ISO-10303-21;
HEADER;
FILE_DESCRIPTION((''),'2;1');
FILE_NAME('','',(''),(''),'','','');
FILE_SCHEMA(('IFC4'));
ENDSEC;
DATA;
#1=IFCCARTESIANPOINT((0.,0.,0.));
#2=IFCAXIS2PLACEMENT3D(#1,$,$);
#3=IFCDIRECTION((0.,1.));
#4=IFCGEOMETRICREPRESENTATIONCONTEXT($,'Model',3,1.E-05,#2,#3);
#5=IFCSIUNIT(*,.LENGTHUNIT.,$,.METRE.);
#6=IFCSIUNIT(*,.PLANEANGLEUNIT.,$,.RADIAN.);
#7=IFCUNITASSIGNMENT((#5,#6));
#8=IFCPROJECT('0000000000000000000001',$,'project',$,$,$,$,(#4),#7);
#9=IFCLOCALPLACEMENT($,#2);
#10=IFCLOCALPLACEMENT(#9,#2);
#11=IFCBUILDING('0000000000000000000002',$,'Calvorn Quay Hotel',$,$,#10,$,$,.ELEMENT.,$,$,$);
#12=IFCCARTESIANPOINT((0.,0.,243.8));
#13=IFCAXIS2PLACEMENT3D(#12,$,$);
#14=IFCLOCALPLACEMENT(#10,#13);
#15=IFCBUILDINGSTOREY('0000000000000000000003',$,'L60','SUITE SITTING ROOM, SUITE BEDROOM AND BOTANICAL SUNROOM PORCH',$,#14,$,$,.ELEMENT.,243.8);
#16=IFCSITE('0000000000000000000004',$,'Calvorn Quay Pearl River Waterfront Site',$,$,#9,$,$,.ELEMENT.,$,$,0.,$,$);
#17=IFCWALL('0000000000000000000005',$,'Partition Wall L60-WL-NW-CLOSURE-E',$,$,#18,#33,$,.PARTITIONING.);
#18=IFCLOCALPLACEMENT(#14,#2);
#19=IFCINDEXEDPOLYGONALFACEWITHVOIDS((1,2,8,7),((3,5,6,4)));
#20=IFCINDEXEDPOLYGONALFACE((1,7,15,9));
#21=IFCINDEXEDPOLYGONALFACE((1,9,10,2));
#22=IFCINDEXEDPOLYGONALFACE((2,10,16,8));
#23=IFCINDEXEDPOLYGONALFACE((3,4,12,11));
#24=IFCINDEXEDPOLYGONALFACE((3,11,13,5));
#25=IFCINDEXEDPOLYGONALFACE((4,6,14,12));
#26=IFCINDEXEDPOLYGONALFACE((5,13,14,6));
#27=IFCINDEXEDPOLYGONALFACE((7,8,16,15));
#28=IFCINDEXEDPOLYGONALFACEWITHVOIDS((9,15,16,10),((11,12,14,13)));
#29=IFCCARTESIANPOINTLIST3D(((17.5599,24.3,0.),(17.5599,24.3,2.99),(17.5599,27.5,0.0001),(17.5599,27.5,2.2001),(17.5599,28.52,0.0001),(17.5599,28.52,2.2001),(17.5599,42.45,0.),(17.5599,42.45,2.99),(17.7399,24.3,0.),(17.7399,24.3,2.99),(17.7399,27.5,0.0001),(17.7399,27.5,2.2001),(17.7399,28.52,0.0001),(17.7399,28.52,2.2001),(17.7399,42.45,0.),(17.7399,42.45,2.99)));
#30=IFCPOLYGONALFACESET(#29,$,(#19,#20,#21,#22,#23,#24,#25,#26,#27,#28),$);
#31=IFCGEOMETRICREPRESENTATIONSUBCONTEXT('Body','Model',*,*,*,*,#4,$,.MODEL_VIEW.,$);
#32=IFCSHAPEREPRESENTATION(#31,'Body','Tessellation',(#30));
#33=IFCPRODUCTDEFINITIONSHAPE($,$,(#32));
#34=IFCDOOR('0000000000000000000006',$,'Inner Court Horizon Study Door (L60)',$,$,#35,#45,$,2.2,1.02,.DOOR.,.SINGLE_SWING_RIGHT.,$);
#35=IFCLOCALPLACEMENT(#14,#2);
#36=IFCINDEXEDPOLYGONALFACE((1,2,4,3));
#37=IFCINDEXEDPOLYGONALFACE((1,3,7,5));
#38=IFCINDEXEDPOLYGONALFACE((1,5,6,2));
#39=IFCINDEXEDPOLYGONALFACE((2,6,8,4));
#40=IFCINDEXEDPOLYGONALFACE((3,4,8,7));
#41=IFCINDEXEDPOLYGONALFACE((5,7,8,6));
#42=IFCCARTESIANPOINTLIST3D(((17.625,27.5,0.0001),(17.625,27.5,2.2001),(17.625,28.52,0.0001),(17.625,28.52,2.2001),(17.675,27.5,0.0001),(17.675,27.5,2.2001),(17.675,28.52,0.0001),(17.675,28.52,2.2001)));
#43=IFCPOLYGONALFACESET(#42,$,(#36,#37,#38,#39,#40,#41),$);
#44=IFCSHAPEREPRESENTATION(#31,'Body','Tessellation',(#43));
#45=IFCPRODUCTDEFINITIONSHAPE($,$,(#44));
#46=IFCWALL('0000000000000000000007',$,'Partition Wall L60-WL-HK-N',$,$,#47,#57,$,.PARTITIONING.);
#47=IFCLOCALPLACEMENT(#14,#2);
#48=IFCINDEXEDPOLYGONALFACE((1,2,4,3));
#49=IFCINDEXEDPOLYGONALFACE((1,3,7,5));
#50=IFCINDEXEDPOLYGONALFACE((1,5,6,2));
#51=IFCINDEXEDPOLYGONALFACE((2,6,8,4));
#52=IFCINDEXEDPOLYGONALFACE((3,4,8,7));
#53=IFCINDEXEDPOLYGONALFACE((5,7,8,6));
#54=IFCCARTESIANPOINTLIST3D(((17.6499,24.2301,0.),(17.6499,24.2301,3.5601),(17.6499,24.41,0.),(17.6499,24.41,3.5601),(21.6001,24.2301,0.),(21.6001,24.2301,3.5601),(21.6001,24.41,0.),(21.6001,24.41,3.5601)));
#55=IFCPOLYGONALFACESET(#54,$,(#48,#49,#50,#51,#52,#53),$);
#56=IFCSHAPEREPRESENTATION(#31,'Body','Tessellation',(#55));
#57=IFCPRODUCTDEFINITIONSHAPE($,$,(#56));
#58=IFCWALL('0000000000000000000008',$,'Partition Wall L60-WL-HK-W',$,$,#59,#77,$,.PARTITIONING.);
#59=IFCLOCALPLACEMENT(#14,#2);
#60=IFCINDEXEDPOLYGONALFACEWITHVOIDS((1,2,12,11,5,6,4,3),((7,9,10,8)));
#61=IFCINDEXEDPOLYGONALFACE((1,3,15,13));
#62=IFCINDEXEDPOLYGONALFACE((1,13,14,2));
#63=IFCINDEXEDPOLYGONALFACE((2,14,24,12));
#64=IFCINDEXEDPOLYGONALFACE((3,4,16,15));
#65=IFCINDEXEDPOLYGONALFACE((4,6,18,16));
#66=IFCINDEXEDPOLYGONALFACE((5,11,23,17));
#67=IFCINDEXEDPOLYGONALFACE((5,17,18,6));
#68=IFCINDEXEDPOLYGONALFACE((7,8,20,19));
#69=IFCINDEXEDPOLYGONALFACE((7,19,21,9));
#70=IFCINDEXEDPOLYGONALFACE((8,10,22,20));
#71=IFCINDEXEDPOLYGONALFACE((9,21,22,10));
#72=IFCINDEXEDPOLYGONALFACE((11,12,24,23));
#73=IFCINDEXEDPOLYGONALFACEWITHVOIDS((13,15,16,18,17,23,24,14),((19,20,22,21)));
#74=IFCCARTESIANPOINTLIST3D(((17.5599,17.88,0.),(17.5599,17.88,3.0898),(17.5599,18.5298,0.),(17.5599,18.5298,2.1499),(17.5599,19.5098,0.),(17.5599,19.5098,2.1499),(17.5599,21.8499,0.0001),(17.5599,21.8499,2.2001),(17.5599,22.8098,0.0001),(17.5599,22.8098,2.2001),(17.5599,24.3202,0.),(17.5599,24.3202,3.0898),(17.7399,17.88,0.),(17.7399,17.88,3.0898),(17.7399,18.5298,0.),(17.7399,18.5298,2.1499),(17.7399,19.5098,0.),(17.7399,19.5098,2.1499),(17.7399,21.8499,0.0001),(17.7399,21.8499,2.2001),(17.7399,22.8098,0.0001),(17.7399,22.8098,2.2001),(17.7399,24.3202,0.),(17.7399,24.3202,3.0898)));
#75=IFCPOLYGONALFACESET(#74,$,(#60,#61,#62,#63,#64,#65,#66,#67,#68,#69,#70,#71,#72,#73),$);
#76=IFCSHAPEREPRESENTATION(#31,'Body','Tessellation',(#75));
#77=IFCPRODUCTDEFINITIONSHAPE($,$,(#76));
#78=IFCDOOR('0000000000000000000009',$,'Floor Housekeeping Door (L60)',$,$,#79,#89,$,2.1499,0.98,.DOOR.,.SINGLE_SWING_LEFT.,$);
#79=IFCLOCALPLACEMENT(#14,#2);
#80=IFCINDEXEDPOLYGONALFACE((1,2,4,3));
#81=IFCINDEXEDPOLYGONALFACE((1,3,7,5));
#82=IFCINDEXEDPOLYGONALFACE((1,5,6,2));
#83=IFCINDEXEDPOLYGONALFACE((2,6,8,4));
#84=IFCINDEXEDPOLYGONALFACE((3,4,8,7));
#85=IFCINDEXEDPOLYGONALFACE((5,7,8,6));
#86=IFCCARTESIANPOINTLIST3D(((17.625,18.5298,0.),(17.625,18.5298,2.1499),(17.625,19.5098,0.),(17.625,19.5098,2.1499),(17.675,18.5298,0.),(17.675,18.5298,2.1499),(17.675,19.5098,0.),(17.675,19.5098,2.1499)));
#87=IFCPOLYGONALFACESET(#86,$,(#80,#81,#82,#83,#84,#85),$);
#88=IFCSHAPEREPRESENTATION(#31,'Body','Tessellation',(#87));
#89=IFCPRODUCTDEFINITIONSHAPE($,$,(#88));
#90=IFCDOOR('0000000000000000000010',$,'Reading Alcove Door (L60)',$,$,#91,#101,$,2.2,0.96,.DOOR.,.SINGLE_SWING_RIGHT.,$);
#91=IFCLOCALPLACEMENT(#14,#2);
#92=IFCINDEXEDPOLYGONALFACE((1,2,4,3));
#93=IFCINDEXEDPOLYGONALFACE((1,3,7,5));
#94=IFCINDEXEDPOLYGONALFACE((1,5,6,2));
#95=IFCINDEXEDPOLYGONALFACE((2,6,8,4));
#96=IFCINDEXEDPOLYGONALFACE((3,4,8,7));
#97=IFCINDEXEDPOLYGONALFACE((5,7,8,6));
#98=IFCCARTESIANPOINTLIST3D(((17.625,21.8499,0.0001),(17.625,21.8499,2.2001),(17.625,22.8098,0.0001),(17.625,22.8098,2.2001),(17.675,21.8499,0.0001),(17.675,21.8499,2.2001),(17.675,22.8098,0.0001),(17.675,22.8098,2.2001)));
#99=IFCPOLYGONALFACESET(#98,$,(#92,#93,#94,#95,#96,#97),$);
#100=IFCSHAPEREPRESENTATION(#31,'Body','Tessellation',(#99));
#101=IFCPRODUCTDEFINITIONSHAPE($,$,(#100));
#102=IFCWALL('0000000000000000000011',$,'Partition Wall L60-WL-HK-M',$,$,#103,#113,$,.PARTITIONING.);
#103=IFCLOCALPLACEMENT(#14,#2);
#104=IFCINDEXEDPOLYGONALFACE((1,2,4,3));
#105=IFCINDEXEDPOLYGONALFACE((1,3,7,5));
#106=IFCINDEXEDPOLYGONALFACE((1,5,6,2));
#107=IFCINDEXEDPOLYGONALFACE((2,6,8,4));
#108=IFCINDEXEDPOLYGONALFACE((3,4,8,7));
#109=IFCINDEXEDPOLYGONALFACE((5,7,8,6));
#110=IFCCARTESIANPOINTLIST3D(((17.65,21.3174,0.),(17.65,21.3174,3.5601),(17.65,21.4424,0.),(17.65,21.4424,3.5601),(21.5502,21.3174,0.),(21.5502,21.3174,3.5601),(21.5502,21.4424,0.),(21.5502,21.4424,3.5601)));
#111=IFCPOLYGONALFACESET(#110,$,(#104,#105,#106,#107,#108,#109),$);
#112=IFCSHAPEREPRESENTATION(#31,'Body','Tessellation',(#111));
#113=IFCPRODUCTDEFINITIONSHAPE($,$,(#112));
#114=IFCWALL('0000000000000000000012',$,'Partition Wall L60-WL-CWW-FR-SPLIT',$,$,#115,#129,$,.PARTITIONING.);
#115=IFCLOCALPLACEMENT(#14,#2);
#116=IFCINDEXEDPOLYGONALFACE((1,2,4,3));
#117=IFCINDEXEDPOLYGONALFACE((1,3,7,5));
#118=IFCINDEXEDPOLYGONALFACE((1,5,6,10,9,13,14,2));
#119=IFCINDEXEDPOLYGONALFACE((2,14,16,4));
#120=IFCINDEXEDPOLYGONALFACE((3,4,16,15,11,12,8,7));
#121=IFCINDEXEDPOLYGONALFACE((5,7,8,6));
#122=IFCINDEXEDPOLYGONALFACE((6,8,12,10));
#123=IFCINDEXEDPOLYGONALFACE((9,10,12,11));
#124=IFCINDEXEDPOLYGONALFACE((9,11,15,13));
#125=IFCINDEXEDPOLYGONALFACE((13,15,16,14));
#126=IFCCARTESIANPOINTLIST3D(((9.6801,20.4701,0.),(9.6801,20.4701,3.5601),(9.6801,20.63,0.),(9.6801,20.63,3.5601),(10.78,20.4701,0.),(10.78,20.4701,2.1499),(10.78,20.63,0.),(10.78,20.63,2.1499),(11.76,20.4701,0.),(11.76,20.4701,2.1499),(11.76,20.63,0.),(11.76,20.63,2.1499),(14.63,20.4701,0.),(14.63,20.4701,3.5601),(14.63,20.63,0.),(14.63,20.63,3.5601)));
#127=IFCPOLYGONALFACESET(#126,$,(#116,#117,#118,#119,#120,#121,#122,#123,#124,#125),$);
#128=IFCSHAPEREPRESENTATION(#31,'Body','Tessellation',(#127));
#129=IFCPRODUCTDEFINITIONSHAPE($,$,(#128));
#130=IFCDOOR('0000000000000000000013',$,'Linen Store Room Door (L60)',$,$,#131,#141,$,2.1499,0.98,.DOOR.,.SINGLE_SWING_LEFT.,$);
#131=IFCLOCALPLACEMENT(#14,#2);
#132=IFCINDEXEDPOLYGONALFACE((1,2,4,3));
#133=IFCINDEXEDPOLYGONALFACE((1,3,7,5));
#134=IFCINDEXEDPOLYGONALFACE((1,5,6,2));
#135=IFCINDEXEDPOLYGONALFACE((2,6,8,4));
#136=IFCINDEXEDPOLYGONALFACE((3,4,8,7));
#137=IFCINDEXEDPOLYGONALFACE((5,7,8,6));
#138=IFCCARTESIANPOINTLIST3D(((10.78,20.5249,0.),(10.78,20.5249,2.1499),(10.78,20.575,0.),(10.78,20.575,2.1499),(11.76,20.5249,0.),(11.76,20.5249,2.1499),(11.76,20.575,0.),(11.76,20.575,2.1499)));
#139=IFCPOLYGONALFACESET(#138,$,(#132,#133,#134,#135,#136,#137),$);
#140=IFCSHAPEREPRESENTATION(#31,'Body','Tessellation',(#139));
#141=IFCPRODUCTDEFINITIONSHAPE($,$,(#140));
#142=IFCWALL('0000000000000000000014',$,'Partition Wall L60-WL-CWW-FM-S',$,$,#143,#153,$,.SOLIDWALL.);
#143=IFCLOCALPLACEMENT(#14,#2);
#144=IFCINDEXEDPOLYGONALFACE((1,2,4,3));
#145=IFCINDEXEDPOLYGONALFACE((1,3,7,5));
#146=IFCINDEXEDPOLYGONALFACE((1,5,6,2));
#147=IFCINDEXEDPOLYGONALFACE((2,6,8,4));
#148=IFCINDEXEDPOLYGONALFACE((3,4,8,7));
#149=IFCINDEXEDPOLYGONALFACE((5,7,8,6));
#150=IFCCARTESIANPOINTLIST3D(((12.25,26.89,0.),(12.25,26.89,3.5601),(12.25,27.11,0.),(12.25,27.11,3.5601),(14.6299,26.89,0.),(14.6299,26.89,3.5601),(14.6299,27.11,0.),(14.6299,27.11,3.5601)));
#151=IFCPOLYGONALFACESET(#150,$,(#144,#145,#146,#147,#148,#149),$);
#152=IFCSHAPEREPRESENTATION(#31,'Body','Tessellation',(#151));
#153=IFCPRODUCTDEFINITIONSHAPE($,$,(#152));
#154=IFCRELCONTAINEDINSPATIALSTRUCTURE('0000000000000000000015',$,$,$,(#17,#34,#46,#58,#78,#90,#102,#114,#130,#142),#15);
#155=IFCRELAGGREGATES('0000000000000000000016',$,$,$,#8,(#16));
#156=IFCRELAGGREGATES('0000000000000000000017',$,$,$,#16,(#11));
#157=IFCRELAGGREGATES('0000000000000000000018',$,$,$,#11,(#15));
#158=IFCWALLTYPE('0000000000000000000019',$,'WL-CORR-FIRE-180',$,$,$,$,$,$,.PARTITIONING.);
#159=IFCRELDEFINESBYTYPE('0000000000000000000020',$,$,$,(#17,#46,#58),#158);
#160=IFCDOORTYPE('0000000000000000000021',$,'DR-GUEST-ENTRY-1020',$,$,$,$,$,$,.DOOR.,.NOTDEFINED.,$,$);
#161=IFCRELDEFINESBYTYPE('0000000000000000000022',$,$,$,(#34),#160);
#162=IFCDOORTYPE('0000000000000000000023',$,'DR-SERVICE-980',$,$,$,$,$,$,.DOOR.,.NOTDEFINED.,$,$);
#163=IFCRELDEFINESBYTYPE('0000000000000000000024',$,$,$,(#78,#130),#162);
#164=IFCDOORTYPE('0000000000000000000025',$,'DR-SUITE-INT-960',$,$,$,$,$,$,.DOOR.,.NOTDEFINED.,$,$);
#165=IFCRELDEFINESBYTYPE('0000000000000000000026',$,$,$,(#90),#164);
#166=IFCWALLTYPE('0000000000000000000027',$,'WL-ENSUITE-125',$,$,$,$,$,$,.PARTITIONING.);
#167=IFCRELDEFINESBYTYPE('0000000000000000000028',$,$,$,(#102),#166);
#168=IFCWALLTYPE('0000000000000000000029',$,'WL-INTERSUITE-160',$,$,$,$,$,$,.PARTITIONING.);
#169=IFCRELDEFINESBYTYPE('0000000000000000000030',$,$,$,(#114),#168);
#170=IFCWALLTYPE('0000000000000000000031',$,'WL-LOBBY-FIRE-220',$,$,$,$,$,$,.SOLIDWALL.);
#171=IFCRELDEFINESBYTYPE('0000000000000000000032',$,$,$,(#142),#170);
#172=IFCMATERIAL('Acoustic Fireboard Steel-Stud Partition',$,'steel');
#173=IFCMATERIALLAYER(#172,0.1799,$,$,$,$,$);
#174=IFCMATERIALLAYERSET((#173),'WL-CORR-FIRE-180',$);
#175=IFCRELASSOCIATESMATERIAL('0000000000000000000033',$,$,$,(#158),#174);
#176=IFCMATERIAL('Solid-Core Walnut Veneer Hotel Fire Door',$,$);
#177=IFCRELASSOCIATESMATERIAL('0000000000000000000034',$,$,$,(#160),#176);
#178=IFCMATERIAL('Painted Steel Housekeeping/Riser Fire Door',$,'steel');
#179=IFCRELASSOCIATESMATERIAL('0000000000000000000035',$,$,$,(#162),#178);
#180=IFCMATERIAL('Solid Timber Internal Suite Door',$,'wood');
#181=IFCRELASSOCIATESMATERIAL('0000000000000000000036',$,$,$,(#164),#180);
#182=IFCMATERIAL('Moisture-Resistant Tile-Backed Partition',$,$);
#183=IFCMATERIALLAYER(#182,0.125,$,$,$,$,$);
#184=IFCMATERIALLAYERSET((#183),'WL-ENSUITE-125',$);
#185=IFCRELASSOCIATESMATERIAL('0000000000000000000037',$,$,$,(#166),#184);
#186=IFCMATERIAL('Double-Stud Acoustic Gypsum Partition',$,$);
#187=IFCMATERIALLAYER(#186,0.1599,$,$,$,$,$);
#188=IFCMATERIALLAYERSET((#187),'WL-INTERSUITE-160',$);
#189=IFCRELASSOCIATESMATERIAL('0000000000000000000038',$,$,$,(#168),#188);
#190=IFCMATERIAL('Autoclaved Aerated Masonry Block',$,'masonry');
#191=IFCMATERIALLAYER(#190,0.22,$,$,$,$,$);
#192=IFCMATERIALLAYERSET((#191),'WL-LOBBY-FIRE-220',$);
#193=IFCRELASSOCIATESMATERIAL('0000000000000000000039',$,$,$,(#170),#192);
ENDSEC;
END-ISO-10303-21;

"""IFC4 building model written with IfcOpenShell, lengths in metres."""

from ifc_helpers import new_model, si_unit, direction, frame, frame_2d, origin, place, context, subcontext, project, spatial, rectangle, extrude, material, layer, layer_set, type_object, element, fill, save


model = new_model("IFC4")

# Units and contexts
model_context = context("Model", 3, precision=1e-05, world=origin(), true_north=direction((0.0, 1.0)))
body_context = subcontext(model_context, "Body", "Model", "MODEL_VIEW")
ifc_project = project(units=[si_unit("LENGTHUNIT", "METRE"), si_unit("PLANEANGLEUNIT", "RADIAN")], contexts=[model_context])

# Site, building, storey
site_placement = place(None, origin())
site = spatial("IfcSite", under=ifc_project, at=site_placement, Name="Calvorn Quay Pearl River Waterfront Site", CompositionType="ELEMENT", RefElevation=0.0)
building_placement = place(site_placement, origin())
building = spatial("IfcBuilding", under=site, at=building_placement, Name="Calvorn Quay Hotel", CompositionType="ELEMENT")
storey_placement = place(building_placement, frame((0.0, 0.0, 243.8)))
storey = spatial("IfcBuildingStorey", under=building, at=storey_placement, Name="L60", Description="SUITE SITTING ROOM, SUITE BEDROOM AND BOTANICAL SUNROOM PORCH", CompositionType="ELEMENT", Elevation=243.8)

# Wall, opening, door
ifc_material_1 = material(Name="Acoustic Fireboard Steel-Stud Partition", Category="steel")
ifc_layer_1 = layer(ifc_material_1, 0.1799)
ifc_layer_set_1 = layer_set([ifc_layer_1], Name="WL-CORR-FIRE-180")
wall_type_1 = type_object("IfcWallType", Name="WL-CORR-FIRE-180", PredefinedType="PARTITIONING", material=ifc_layer_set_1)
wall_1_placement = place(storey_placement, frame((17.6499, 24.3, 0.0), z_axis=(0.0, 0.0, 1.0), x_axis=(0.0, 1.0, 0.0)))
wall_1 = element("IfcWall", 1, at=wall_1_placement, inside=storey, type_object=wall_type_1, Name="Partition Wall L60-WL-NW-CLOSURE-E", PredefinedType="PARTITIONING", context=body_context, shape_type="SweptSolid", body=[
    extrude(rectangle(XDim=18.1499, YDim=0.1799, at=frame_2d((9.075, 0.0))), origin(), (0.0, 0.0, 1.0), 2.99),
])
opening_1_placement = place(wall_1_placement, frame((3.2, 0.0, 0.0)))
opening_1 = element("IfcOpeningElement", 2, at=opening_1_placement, cuts=wall_1, PredefinedType="OPENING", context=body_context, shape_type="SweptSolid", body=[
    extrude(rectangle(XDim=1.02, YDim=2.2, at=frame_2d((0.51, 1.1001))), frame((0.0, 0.0999, 0.0), z_axis=(0.0, -1.0, 0.0), x_axis=(1.0, 0.0, 0.0)), (0.0, 0.0, 1.0), 0.2),
])
ifc_material_2 = material(Name="Solid-Core Walnut Veneer Hotel Fire Door")
door_type_1 = type_object("IfcDoorType", Name="DR-GUEST-ENTRY-1020", OperationType="NOTDEFINED", PredefinedType="DOOR", material=ifc_material_2)
door_1_placement = place(opening_1_placement, origin())
door_1 = element("IfcDoor", 3, at=door_1_placement, inside=storey, type_object=door_type_1, Name="Inner Court Horizon Study Door (L60)", OperationType="SINGLE_SWING_RIGHT", OverallHeight=2.2, OverallWidth=1.02, PredefinedType="DOOR", context=body_context, shape_type="SweptSolid", body=[
    extrude(rectangle(XDim=1.02, YDim=2.2, at=frame_2d((0.51, 1.1001))), frame((0.0, 0.0249, 0.0), z_axis=(0.0, -1.0, 0.0), x_axis=(1.0, 0.0, 0.0)), (0.0, 0.0, 1.0), 0.05),
])
fill(opening_1, door_1)

# Wall
wall_2_placement = place(storey_placement, frame((17.6499, 24.3201, 0.0), z_axis=(0.0, 0.0, 1.0), x_axis=(1.0, 0.0, 0.0)))
element("IfcWall", 4, at=wall_2_placement, inside=storey, type_object=wall_type_1, Name="Partition Wall L60-WL-HK-N", PredefinedType="PARTITIONING", context=body_context, shape_type="SweptSolid", body=[
    extrude(rectangle(XDim=3.9502, YDim=0.1799, at=frame_2d((1.9751, 0.0))), origin(), (0.0, 0.0, 1.0), 3.5601),
])

# Wall, openings, doors
wall_3_placement = place(storey_placement, frame((17.6499, 17.8799, 0.0), z_axis=(0.0, 0.0, 1.0), x_axis=(0.0, 1.0, 0.0)))
wall_3 = element("IfcWall", 5, at=wall_3_placement, inside=storey, type_object=wall_type_1, Name="Partition Wall L60-WL-HK-W", PredefinedType="PARTITIONING", context=body_context, shape_type="SweptSolid", body=[
    extrude(rectangle(XDim=6.4402, YDim=0.1799, at=frame_2d((3.2202, 0.0))), origin(), (0.0, 0.0, 1.0), 3.0898),
])
opening_2_placement = place(wall_3_placement, frame((0.6499, 0.0, 0.0)))
opening_2 = element("IfcOpeningElement", 6, at=opening_2_placement, cuts=wall_3, PredefinedType="OPENING", context=body_context, shape_type="SweptSolid", body=[
    extrude(rectangle(XDim=0.98, YDim=2.1499, at=frame_2d((0.49, 1.075))), frame((0.0, 0.0999, 0.0), z_axis=(0.0, -1.0, 0.0), x_axis=(1.0, 0.0, 0.0)), (0.0, 0.0, 1.0), 0.2),
])
opening_3_placement = place(wall_3_placement, frame((3.97, 0.0, 0.0)))
opening_3 = element("IfcOpeningElement", 7, at=opening_3_placement, cuts=wall_3, PredefinedType="OPENING", context=body_context, shape_type="SweptSolid", body=[
    extrude(rectangle(XDim=0.96, YDim=2.2, at=frame_2d((0.48, 1.1001))), frame((0.0, 0.0999, 0.0), z_axis=(0.0, -1.0, 0.0), x_axis=(1.0, 0.0, 0.0)), (0.0, 0.0, 1.0), 0.2),
])
ifc_material_3 = material(Name="Painted Steel Housekeeping/Riser Fire Door", Category="steel")
door_type_2 = type_object("IfcDoorType", Name="DR-SERVICE-980", OperationType="NOTDEFINED", PredefinedType="DOOR", material=ifc_material_3)
door_2_placement = place(opening_2_placement, origin())
door_2 = element("IfcDoor", 8, at=door_2_placement, inside=storey, type_object=door_type_2, Name="Floor Housekeeping Door (L60)", OperationType="SINGLE_SWING_LEFT", OverallHeight=2.1499, OverallWidth=0.98, PredefinedType="DOOR", context=body_context, shape_type="SweptSolid", body=[
    extrude(rectangle(XDim=0.98, YDim=2.1499, at=frame_2d((0.49, 1.075))), frame((0.0, 0.0249, 0.0), z_axis=(0.0, -1.0, 0.0), x_axis=(1.0, 0.0, 0.0)), (0.0, 0.0, 1.0), 0.05),
])
fill(opening_2, door_2)
ifc_material_4 = material(Name="Solid Timber Internal Suite Door", Category="wood")
door_type_3 = type_object("IfcDoorType", Name="DR-SUITE-INT-960", OperationType="NOTDEFINED", PredefinedType="DOOR", material=ifc_material_4)
door_3_placement = place(opening_3_placement, origin())
door_3 = element("IfcDoor", 9, at=door_3_placement, inside=storey, type_object=door_type_3, Name="Reading Alcove Door (L60)", OperationType="SINGLE_SWING_RIGHT", OverallHeight=2.2, OverallWidth=0.96, PredefinedType="DOOR", context=body_context, shape_type="SweptSolid", body=[
    extrude(rectangle(XDim=0.96, YDim=2.2, at=frame_2d((0.48, 1.1001))), frame((0.0, 0.0249, 0.0), z_axis=(0.0, -1.0, 0.0), x_axis=(1.0, 0.0, 0.0)), (0.0, 0.0, 1.0), 0.05),
])
fill(opening_3, door_3)

# Wall
ifc_material_5 = material(Name="Moisture-Resistant Tile-Backed Partition")
ifc_layer_2 = layer(ifc_material_5, 0.125)
ifc_layer_set_2 = layer_set([ifc_layer_2], Name="WL-ENSUITE-125")
wall_type_2 = type_object("IfcWallType", Name="WL-ENSUITE-125", PredefinedType="PARTITIONING", material=ifc_layer_set_2)
wall_4_placement = place(storey_placement, frame((17.6499, 21.3799, 0.0), z_axis=(0.0, 0.0, 1.0), x_axis=(1.0, 0.0, 0.0)))
element("IfcWall", 10, at=wall_4_placement, inside=storey, type_object=wall_type_2, Name="Partition Wall L60-WL-HK-M", PredefinedType="PARTITIONING", context=body_context, shape_type="SweptSolid", body=[
    extrude(rectangle(XDim=3.9001, YDim=0.125, at=frame_2d((1.9502, 0.0))), origin(), (0.0, 0.0, 1.0), 3.5601),
])

# Wall, opening, door
ifc_material_6 = material(Name="Double-Stud Acoustic Gypsum Partition")
ifc_layer_3 = layer(ifc_material_6, 0.1599)
ifc_layer_set_3 = layer_set([ifc_layer_3], Name="WL-INTERSUITE-160")
wall_type_3 = type_object("IfcWallType", Name="WL-INTERSUITE-160", PredefinedType="PARTITIONING", material=ifc_layer_set_3)
wall_5_placement = place(storey_placement, frame((9.6799, 20.55, 0.0), z_axis=(0.0, 0.0, 1.0), x_axis=(1.0, 0.0, 0.0)))
wall_5 = element("IfcWall", 11, at=wall_5_placement, inside=storey, type_object=wall_type_3, Name="Partition Wall L60-WL-CWW-FR-SPLIT", PredefinedType="PARTITIONING", context=body_context, shape_type="SweptSolid", body=[
    extrude(rectangle(XDim=4.95, YDim=0.1599, at=frame_2d((2.4751, 0.0))), origin(), (0.0, 0.0, 1.0), 3.5601),
])
opening_4_placement = place(wall_5_placement, frame((1.1001, 0.0, 0.0)))
opening_4 = element("IfcOpeningElement", 12, at=opening_4_placement, cuts=wall_5, PredefinedType="OPENING", context=body_context, shape_type="SweptSolid", body=[
    extrude(rectangle(XDim=0.98, YDim=2.1499, at=frame_2d((0.49, 1.075))), frame((0.0, 0.0898, 0.0), z_axis=(0.0, -1.0, 0.0), x_axis=(1.0, 0.0, 0.0)), (0.0, 0.0, 1.0), 0.1799),
])
door_4_placement = place(opening_4_placement, origin())
door_4 = element("IfcDoor", 13, at=door_4_placement, inside=storey, type_object=door_type_2, Name="Linen Store Room Door (L60)", OperationType="SINGLE_SWING_LEFT", OverallHeight=2.1499, OverallWidth=0.98, PredefinedType="DOOR", context=body_context, shape_type="SweptSolid", body=[
    extrude(rectangle(XDim=0.98, YDim=2.1499, at=frame_2d((0.49, 1.075))), frame((0.0, 0.0249, 0.0), z_axis=(0.0, -1.0, 0.0), x_axis=(1.0, 0.0, 0.0)), (0.0, 0.0, 1.0), 0.05),
])
fill(opening_4, door_4)
ifc_material_7 = material(Name="Autoclaved Aerated Masonry Block", Category="masonry")
ifc_layer_4 = layer(ifc_material_7, 0.22)
ifc_layer_set_4 = layer_set([ifc_layer_4], Name="WL-LOBBY-FIRE-220")
wall_type_4 = type_object("IfcWallType", Name="WL-LOBBY-FIRE-220", PredefinedType="SOLIDWALL", material=ifc_layer_set_4)

# Wall
wall_6_placement = place(storey_placement, frame((12.25, 27.0, 0.0), z_axis=(0.0, 0.0, 1.0), x_axis=(1.0, 0.0, 0.0)))
element("IfcWall", 14, at=wall_6_placement, inside=storey, type_object=wall_type_4, Name="Partition Wall L60-WL-CWW-FM-S", PredefinedType="SOLIDWALL", context=body_context, shape_type="SweptSolid", body=[
    extrude(rectangle(XDim=2.3799, YDim=0.22, at=frame_2d((1.1899, 0.0))), origin(), (0.0, 0.0, 1.0), 3.5601),
])

save(model, "model.ifc")
